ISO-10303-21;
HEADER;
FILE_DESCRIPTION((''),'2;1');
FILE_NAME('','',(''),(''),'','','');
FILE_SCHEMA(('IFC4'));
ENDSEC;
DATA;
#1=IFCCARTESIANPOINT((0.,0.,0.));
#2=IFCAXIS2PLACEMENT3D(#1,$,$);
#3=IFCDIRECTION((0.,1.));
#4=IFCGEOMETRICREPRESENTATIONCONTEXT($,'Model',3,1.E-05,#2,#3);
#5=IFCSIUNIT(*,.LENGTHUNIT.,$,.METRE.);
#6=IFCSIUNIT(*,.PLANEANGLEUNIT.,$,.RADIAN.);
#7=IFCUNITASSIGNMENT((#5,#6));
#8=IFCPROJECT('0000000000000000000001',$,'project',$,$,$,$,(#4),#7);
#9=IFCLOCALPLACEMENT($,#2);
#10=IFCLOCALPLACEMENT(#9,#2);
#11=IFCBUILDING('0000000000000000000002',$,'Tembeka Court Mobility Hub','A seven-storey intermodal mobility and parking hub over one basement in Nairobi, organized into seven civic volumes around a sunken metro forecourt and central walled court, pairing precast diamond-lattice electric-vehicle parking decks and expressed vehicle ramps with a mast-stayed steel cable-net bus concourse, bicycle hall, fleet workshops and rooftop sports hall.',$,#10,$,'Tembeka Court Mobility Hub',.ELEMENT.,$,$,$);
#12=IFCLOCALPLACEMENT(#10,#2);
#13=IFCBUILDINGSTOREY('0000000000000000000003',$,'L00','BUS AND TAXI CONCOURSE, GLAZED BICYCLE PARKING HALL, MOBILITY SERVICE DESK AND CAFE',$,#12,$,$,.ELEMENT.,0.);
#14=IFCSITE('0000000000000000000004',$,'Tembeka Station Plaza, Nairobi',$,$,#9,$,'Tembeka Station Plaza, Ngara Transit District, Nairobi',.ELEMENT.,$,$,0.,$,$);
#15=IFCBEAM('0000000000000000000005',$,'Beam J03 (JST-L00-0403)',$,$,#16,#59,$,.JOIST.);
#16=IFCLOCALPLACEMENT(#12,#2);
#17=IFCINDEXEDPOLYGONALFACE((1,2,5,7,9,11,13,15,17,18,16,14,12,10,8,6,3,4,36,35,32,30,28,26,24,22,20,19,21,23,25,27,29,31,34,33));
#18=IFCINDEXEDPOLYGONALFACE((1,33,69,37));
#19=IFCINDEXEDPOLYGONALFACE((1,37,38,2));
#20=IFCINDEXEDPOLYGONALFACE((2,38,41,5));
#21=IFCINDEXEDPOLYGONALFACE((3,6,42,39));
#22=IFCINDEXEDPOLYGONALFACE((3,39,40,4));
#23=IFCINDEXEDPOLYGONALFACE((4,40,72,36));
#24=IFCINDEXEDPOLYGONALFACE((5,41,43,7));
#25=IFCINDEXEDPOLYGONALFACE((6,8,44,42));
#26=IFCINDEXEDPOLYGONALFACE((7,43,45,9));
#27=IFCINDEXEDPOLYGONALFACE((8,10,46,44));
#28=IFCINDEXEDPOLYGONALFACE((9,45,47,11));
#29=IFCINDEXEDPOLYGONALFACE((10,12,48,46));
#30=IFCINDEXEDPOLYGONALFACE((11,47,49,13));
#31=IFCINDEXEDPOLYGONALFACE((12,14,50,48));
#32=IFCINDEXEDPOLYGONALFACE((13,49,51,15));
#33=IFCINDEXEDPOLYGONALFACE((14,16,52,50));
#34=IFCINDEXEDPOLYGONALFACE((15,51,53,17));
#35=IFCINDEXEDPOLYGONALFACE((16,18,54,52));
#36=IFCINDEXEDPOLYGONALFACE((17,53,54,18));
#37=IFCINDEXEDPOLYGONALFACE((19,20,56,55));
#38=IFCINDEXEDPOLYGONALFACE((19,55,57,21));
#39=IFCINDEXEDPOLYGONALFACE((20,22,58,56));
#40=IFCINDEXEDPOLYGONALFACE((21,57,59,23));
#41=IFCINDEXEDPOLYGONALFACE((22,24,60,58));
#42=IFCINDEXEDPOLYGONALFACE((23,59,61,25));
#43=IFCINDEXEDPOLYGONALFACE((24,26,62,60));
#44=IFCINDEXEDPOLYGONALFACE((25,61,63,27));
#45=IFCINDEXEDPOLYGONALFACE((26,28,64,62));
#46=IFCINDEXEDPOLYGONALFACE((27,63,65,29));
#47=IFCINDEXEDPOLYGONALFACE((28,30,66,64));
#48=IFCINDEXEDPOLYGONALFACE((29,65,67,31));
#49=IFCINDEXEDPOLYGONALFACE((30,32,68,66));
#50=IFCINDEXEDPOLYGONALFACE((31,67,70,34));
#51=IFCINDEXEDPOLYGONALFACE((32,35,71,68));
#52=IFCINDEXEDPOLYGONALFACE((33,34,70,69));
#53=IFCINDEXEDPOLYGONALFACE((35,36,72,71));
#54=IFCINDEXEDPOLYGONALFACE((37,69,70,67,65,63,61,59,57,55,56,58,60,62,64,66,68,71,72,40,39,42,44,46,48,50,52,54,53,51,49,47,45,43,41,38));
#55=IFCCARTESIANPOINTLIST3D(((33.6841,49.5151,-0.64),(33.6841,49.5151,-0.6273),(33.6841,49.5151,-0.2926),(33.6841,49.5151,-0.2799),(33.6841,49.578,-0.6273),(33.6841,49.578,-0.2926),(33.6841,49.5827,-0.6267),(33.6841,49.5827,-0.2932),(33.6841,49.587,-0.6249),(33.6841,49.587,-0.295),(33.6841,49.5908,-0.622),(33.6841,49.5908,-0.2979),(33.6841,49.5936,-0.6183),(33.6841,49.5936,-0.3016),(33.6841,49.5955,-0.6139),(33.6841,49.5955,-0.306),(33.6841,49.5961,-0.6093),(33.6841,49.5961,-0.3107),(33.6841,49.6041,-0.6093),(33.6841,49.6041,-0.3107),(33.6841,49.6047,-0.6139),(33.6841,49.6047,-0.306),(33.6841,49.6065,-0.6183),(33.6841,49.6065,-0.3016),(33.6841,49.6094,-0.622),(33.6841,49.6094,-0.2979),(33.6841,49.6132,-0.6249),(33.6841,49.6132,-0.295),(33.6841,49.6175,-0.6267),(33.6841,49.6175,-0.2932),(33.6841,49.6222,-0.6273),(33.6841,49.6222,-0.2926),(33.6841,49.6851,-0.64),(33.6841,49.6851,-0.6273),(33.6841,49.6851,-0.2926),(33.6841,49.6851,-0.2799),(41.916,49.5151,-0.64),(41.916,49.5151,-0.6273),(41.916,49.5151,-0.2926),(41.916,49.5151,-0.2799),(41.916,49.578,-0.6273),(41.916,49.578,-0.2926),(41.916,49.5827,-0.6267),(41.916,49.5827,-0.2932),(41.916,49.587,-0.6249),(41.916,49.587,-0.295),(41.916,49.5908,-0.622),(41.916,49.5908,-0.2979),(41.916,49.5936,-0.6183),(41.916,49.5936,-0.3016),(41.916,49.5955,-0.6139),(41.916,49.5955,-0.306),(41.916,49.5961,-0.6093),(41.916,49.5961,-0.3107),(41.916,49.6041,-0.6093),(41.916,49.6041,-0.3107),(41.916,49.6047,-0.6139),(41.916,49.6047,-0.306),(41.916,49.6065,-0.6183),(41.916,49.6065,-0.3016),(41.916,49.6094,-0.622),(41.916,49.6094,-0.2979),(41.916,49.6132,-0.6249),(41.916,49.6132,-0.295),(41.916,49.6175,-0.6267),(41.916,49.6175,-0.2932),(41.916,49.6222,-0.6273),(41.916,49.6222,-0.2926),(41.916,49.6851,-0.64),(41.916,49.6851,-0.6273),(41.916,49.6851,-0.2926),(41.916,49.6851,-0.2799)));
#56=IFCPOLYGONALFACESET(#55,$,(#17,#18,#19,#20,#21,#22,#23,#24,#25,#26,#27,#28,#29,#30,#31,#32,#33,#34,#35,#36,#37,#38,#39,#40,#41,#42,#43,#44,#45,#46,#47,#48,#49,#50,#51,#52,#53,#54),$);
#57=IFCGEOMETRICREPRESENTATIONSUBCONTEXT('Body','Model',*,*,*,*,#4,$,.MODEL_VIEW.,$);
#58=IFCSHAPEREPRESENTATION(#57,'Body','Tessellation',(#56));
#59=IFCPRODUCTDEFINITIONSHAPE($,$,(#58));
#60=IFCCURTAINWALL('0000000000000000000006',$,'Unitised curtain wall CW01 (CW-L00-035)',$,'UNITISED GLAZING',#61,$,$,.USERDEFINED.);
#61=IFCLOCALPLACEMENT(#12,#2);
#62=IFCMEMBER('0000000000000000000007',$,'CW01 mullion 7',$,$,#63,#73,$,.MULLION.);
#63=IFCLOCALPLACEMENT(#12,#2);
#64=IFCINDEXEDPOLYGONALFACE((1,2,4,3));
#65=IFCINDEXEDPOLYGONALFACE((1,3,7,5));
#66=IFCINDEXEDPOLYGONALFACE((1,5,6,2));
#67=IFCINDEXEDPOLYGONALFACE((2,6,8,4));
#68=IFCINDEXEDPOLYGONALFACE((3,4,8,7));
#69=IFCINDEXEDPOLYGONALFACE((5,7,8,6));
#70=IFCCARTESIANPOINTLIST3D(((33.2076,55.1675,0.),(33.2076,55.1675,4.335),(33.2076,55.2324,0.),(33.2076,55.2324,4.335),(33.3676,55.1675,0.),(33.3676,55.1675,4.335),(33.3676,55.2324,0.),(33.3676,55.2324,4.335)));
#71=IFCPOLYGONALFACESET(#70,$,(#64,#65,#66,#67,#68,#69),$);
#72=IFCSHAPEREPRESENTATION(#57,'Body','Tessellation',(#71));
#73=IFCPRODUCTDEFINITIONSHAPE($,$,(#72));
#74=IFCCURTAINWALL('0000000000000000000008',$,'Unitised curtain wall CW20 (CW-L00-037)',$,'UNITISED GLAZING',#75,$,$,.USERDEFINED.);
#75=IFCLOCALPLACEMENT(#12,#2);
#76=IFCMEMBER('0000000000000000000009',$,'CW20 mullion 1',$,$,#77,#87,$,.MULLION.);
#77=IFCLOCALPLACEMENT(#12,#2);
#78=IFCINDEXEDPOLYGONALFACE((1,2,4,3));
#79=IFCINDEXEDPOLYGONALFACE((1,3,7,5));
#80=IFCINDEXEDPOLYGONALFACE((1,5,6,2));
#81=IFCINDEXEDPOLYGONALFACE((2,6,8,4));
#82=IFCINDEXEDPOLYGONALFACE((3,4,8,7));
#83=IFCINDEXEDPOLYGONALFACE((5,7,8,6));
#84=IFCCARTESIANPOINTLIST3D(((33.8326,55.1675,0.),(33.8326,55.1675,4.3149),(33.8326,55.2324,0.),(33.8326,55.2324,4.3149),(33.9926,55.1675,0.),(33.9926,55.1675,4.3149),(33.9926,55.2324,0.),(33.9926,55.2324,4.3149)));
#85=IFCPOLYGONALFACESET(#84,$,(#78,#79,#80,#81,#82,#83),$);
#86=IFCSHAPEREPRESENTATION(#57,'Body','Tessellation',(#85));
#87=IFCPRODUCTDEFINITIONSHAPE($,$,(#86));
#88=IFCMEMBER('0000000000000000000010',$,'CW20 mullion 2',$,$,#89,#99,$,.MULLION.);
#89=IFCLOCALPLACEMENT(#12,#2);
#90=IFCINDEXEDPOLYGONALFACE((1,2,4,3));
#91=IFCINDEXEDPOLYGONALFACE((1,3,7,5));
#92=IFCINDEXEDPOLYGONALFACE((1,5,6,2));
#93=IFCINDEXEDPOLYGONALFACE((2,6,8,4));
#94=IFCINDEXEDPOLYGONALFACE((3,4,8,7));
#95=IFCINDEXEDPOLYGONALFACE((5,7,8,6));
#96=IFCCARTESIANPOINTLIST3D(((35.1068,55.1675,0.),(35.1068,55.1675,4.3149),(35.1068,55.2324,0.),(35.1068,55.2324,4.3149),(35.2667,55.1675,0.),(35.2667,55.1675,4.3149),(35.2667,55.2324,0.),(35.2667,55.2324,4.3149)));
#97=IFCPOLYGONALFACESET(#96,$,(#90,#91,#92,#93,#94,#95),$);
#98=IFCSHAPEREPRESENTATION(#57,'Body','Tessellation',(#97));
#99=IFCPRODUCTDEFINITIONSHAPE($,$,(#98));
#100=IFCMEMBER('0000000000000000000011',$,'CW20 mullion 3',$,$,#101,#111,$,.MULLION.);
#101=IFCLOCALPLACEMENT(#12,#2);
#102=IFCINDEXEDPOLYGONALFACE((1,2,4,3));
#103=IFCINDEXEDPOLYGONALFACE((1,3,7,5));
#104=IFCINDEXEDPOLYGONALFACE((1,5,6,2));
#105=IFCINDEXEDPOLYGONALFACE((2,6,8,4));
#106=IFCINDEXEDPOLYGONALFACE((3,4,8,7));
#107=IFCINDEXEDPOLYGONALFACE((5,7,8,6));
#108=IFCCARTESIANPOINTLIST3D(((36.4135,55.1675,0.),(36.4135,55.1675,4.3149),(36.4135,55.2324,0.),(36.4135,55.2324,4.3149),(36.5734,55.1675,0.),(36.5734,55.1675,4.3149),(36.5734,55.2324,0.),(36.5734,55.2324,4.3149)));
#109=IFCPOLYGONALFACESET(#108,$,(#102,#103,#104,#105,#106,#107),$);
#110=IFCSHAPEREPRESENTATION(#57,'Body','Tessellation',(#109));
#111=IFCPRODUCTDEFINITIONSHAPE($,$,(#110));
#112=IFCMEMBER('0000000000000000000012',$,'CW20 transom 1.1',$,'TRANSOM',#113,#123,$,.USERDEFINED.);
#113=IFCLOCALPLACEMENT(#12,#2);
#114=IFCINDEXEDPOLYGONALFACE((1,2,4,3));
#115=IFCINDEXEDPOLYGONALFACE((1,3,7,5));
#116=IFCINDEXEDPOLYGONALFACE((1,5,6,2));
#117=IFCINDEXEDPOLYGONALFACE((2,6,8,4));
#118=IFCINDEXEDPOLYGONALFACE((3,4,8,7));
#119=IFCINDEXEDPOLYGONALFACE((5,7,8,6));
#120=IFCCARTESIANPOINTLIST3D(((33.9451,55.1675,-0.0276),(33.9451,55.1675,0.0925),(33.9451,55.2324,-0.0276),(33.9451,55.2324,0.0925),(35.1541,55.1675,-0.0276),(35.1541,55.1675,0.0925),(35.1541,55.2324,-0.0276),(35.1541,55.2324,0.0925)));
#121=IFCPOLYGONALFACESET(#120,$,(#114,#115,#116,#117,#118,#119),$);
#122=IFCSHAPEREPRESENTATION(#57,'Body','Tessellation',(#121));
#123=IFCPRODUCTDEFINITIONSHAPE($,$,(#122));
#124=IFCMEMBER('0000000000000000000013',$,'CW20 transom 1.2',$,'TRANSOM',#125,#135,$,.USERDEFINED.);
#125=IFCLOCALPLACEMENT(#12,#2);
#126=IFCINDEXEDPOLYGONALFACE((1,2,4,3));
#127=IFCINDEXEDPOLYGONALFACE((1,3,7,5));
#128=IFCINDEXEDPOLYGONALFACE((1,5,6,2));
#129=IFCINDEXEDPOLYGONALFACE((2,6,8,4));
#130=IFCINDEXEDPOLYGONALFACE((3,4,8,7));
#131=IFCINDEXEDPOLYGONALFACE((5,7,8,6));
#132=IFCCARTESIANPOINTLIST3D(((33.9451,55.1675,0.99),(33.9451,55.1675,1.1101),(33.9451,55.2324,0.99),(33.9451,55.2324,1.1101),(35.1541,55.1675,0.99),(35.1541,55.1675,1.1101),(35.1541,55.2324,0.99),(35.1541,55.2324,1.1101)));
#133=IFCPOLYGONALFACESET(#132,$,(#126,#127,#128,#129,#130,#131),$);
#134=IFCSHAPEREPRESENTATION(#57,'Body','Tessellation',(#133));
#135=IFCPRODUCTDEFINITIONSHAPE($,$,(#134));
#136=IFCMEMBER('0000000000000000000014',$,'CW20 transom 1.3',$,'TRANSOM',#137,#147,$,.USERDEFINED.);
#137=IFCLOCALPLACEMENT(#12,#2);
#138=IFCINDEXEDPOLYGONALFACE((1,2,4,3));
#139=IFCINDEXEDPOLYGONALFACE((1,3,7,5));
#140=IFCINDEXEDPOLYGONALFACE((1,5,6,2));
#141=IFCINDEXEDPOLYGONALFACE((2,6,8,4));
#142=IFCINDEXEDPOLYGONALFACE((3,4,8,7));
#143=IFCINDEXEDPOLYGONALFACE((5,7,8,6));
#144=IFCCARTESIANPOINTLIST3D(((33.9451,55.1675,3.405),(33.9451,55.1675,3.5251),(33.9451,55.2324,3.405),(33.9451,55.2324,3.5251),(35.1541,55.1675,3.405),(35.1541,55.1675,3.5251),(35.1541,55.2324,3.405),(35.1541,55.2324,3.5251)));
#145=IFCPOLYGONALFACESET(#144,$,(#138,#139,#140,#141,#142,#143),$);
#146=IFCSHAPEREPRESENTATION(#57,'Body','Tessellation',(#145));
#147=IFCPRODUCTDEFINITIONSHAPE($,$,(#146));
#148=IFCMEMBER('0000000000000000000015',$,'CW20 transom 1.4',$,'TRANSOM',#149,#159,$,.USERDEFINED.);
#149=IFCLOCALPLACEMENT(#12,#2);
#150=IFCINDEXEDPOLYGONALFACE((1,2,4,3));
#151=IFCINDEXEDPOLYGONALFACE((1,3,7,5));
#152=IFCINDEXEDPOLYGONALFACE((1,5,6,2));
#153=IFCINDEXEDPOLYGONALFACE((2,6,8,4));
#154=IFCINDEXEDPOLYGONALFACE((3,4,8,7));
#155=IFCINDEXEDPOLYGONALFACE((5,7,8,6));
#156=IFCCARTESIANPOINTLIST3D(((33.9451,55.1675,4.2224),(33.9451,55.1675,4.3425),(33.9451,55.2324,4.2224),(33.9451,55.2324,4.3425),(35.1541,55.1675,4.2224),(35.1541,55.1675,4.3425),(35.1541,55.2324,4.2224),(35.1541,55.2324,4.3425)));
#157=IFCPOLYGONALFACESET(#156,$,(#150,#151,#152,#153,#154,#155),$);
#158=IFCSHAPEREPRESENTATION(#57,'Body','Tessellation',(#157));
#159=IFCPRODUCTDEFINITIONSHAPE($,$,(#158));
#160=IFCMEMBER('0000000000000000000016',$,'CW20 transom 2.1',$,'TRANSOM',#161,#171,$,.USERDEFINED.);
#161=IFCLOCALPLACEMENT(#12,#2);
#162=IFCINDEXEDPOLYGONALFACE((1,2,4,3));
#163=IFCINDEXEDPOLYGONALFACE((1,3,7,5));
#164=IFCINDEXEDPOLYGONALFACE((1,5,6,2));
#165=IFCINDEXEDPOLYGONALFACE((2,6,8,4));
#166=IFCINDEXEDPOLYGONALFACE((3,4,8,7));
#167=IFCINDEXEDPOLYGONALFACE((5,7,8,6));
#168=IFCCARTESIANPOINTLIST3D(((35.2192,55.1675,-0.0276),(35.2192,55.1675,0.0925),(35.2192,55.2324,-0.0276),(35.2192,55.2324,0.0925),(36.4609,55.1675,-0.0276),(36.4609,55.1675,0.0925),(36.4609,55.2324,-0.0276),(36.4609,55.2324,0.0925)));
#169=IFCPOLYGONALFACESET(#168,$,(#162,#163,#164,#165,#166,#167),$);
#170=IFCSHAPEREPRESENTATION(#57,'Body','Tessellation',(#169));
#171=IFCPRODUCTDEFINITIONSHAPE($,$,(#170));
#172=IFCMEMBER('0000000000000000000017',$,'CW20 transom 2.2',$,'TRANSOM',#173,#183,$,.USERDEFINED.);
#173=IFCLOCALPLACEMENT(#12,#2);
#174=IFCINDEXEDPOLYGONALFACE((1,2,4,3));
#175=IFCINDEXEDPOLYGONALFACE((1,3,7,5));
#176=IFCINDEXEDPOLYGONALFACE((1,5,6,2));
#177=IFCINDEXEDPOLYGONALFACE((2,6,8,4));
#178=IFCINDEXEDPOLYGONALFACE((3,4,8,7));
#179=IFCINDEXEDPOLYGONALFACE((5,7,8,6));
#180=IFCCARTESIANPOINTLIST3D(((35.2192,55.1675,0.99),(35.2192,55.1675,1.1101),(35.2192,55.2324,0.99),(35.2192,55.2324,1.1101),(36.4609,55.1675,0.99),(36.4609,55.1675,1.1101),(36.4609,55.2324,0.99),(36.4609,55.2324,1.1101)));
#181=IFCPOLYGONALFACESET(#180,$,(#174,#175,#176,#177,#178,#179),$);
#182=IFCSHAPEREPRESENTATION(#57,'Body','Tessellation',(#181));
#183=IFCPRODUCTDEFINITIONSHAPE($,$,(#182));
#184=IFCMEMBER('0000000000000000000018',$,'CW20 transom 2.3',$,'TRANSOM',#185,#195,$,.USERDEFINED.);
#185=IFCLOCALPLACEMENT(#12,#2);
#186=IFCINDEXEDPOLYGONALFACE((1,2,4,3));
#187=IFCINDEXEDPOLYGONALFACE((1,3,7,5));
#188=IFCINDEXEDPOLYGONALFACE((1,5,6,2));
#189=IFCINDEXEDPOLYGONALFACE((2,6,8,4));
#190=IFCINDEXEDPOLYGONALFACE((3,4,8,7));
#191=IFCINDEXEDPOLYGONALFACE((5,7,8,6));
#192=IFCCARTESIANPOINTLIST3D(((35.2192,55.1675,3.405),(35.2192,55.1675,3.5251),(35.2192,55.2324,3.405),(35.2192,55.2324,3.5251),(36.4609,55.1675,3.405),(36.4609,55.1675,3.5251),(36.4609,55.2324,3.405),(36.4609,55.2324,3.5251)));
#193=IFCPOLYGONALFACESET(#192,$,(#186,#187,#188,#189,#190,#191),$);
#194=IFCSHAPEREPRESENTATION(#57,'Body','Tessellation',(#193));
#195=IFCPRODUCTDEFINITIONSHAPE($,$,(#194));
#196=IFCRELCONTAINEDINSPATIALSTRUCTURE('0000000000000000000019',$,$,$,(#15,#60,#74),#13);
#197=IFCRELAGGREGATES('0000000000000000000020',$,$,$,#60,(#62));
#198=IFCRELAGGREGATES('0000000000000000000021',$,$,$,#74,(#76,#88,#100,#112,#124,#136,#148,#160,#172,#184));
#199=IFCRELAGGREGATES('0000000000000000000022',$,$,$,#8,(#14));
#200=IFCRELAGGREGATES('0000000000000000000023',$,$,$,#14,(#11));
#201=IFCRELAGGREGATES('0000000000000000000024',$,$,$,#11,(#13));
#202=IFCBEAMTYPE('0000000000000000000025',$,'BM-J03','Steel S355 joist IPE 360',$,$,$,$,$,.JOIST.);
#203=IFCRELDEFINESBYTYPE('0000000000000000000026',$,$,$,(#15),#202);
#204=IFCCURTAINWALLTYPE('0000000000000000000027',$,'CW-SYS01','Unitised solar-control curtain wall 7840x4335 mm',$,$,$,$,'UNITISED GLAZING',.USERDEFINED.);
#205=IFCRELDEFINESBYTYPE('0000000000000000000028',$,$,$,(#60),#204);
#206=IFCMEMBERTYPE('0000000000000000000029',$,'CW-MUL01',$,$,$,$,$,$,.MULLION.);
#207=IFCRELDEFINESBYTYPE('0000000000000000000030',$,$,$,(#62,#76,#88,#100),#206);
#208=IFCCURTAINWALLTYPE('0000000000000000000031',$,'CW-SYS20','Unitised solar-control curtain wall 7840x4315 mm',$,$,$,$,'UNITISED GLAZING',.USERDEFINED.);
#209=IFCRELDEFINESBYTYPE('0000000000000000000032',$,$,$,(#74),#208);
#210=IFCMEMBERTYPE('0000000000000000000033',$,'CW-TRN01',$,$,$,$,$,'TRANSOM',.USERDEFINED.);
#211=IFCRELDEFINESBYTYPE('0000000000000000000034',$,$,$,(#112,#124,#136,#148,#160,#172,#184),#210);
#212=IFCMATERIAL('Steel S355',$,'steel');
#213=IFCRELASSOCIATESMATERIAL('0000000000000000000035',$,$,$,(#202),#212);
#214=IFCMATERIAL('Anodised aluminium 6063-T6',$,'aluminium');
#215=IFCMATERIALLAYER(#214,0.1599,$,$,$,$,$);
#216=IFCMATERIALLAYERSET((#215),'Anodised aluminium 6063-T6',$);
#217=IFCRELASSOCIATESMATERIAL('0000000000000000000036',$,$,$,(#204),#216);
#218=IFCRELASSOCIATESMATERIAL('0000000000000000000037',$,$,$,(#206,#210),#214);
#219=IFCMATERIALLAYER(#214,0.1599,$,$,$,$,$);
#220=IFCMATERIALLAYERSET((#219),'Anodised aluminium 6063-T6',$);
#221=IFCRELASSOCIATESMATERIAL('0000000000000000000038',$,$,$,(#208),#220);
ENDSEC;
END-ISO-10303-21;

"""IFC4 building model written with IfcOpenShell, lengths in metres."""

from ifc_helpers import new_model, si_unit, direction, frame, origin, origin_2d, place, context, subcontext, project, spatial, rectangle, i_section, extrude, material, layer, layer_set, material_profile, profile_set, type_object, element, aggregate, save


model = new_model("IFC4")

# Units and contexts
model_context = context("Model", 3, precision=1e-05, world=origin(), true_north=direction((0.0, 1.0)))
body_context = subcontext(model_context, "Body", "Model", "MODEL_VIEW")
ifc_project = project(units=[si_unit("LENGTHUNIT", "METRE"), si_unit("PLANEANGLEUNIT", "RADIAN")], contexts=[model_context])

# Site, building, storey
site_placement = place(None, origin())
site = spatial("IfcSite", under=ifc_project, at=site_placement, Name="Tembeka Station Plaza, Nairobi", LongName="Tembeka Station Plaza, Ngara Transit District, Nairobi", CompositionType="ELEMENT", RefElevation=0.0)
building_placement = place(site_placement, origin())
building = spatial("IfcBuilding", under=site, at=building_placement, Name="Tembeka Court Mobility Hub", Description="A seven-storey intermodal mobility and parking hub over one basement in Nairobi, organized into seven civic volumes around a sunken metro forecourt and central walled court, pairing precast diamond-lattice electric-vehicle parking decks and expressed vehicle ramps with a mast-stayed steel cable-net bus concourse, bicycle hall, fleet workshops and rooftop sports hall.", LongName="Tembeka Court Mobility Hub", CompositionType="ELEMENT")
storey_placement = place(building_placement, origin())
storey = spatial("IfcBuildingStorey", under=building, at=storey_placement, Name="L00", Description="BUS AND TAXI CONCOURSE, GLAZED BICYCLE PARKING HALL, MOBILITY SERVICE DESK AND CAFE", CompositionType="ELEMENT", Elevation=0.0)

# Shared definitions
ifc_material_1 = material(Name="Steel S355", Category="steel")

# Beam
ifc_material_profile_1 = material_profile(ifc_material_1, i_section(OverallWidth=0.1699, OverallDepth=0.3601, WebThickness=0.0081, FlangeThickness=0.0127, FilletRadius=0.0181, at=origin_2d()), Name="IPE 360")
ifc_profile_set_1 = profile_set([ifc_material_profile_1], Name="Steel S355")
beam_type_1 = type_object("IfcBeamType", Name="BM-J03", Description="Steel S355 joist IPE 360", PredefinedType="JOIST", material=ifc_profile_set_1)
for number, where, z_axis, x_axis, name in (
    (1, (33.6841, 49.6001, -0.46), (1.0, 0.0, 0.0), (0.0, 1.0, 0.0), "Beam J03 (JST-L00-0403)"),
):
    element("IfcBeam", number, at=place(storey_placement, frame(where, z_axis=z_axis, x_axis=x_axis)), inside=storey, type_object=beam_type_1, Name=name, PredefinedType="JOIST", context=body_context, shape_type="SweptSolid", body=[
        extrude(i_section(OverallWidth=0.1699, OverallDepth=0.3601, WebThickness=0.0081, FlangeThickness=0.0127, FilletRadius=0.0181, at=origin_2d()), origin(), (0.0, 0.0, 1.0), 8.2319),
    ])

# Curtain wall, member
ifc_material_2 = material(Name="Anodised aluminium 6063-T6", Category="aluminium")
ifc_layer_1 = layer(ifc_material_2, 0.1599)
ifc_layer_set_1 = layer_set([ifc_layer_1], Name="Anodised aluminium 6063-T6")
curtain_wall_type_1 = type_object("IfcCurtainWallType", Name="CW-SYS01", Description="Unitised solar-control curtain wall 7840x4335 mm", ElementType="UNITISED GLAZING", PredefinedType="USERDEFINED", material=ifc_layer_set_1)
curtain_wall_1_placement = place(storey_placement, origin())
curtain_wall_1 = element("IfcCurtainWall", 2, at=curtain_wall_1_placement, inside=storey, type_object=curtain_wall_type_1, Name="Unitised curtain wall CW01 (CW-L00-035)", ObjectType="UNITISED GLAZING", PredefinedType="USERDEFINED")
ifc_material_profile_2 = material_profile(ifc_material_2, rectangle(XDim=0.0649, YDim=0.1599, at=origin_2d()), Name="ALU-MUL 65x160")
ifc_profile_set_2 = profile_set([ifc_material_profile_2], Name="Anodised aluminium 6063-T6")
member_type_1 = type_object("IfcMemberType", Name="CW-MUL01", PredefinedType="MULLION", material=ifc_profile_set_2)
member_1_placement = place(storey_placement, frame((33.2876, 55.2, 0.0), z_axis=(0.0, 0.0, 1.0), x_axis=(0.0, 1.0, 0.0)))
member_1 = element("IfcMember", 3, at=member_1_placement, type_object=member_type_1, Name="CW01 mullion 7", PredefinedType="MULLION", context=body_context, shape_type="SweptSolid", body=[
    extrude(rectangle(XDim=0.0649, YDim=0.1599, at=origin_2d()), origin(), (0.0, 0.0, 1.0), 4.335),
])
aggregate(curtain_wall_1, [member_1])

# Curtain wall, members
ifc_layer_2 = layer(ifc_material_2, 0.1599)
ifc_layer_set_2 = layer_set([ifc_layer_2], Name="Anodised aluminium 6063-T6")
curtain_wall_type_2 = type_object("IfcCurtainWallType", Name="CW-SYS20", Description="Unitised solar-control curtain wall 7840x4315 mm", ElementType="UNITISED GLAZING", PredefinedType="USERDEFINED", material=ifc_layer_set_2)
curtain_wall_2_placement = place(storey_placement, origin())
curtain_wall_2 = element("IfcCurtainWall", 4, at=curtain_wall_2_placement, inside=storey, type_object=curtain_wall_type_2, Name="Unitised curtain wall CW20 (CW-L00-037)", ObjectType="UNITISED GLAZING", PredefinedType="USERDEFINED")
member_2_placement = place(storey_placement, frame((33.9126, 55.2, 0.0), z_axis=(0.0, 0.0, 1.0), x_axis=(0.0, 1.0, 0.0)))
member_2 = element("IfcMember", 5, at=member_2_placement, type_object=member_type_1, Name="CW20 mullion 1", PredefinedType="MULLION", context=body_context, shape_type="SweptSolid", body=[
    extrude(rectangle(XDim=0.0649, YDim=0.1599, at=origin_2d()), origin(), (0.0, 0.0, 1.0), 4.3149),
])
member_3_placement = place(storey_placement, frame((35.1868, 55.2, 0.0), z_axis=(0.0, 0.0, 1.0), x_axis=(0.0, 1.0, 0.0)))
member_3 = element("IfcMember", 6, at=member_3_placement, type_object=member_type_1, Name="CW20 mullion 2", PredefinedType="MULLION", context=body_context, shape_type="SweptSolid", body=[
    extrude(rectangle(XDim=0.0649, YDim=0.1599, at=origin_2d()), origin(), (0.0, 0.0, 1.0), 4.3149),
])
member_4_placement = place(storey_placement, frame((36.4934, 55.2, 0.0), z_axis=(0.0, 0.0, 1.0), x_axis=(0.0, 1.0, 0.0)))
member_4 = element("IfcMember", 7, at=member_4_placement, type_object=member_type_1, Name="CW20 mullion 3", PredefinedType="MULLION", context=body_context, shape_type="SweptSolid", body=[
    extrude(rectangle(XDim=0.0649, YDim=0.1599, at=origin_2d()), origin(), (0.0, 0.0, 1.0), 4.3149),
])
ifc_material_profile_3 = material_profile(ifc_material_2, rectangle(XDim=0.0649, YDim=0.1201, at=origin_2d()), Name="ALU-TRN 65x120")
ifc_profile_set_3 = profile_set([ifc_material_profile_3], Name="Anodised aluminium 6063-T6")
member_type_2 = type_object("IfcMemberType", Name="CW-TRN01", ElementType="TRANSOM", PredefinedType="USERDEFINED", material=ifc_profile_set_3)
member_5_placement = place(storey_placement, frame((33.9451, 55.2, 0.0325), z_axis=(1.0, 0.0, 0.0), x_axis=(0.0, 1.0, 0.0)))
member_5 = element("IfcMember", 8, at=member_5_placement, type_object=member_type_2, Name="CW20 transom 1.1", ObjectType="TRANSOM", PredefinedType="USERDEFINED", context=body_context, shape_type="SweptSolid", body=[
    extrude(rectangle(XDim=0.0649, YDim=0.1201, at=origin_2d()), origin(), (0.0, 0.0, 1.0), 1.209),
])
member_6_placement = place(storey_placement, frame((33.9451, 55.2, 1.05), z_axis=(1.0, 0.0, 0.0), x_axis=(0.0, 1.0, 0.0)))
member_6 = element("IfcMember", 9, at=member_6_placement, type_object=member_type_2, Name="CW20 transom 1.2", ObjectType="TRANSOM", PredefinedType="USERDEFINED", context=body_context, shape_type="SweptSolid", body=[
    extrude(rectangle(XDim=0.0649, YDim=0.1201, at=origin_2d()), origin(), (0.0, 0.0, 1.0), 1.209),
])
member_7_placement = place(storey_placement, frame((33.9451, 55.2, 3.4651), z_axis=(1.0, 0.0, 0.0), x_axis=(0.0, 1.0, 0.0)))
member_7 = element("IfcMember", 10, at=member_7_placement, type_object=member_type_2, Name="CW20 transom 1.3", ObjectType="TRANSOM", PredefinedType="USERDEFINED", context=body_context, shape_type="SweptSolid", body=[
    extrude(rectangle(XDim=0.0649, YDim=0.1201, at=origin_2d()), origin(), (0.0, 0.0, 1.0), 1.209),
])
member_8_placement = place(storey_placement, frame((33.9451, 55.2, 4.2825), z_axis=(1.0, 0.0, 0.0), x_axis=(0.0, 1.0, 0.0)))
member_8 = element("IfcMember", 11, at=member_8_placement, type_object=member_type_2, Name="CW20 transom 1.4", ObjectType="TRANSOM", PredefinedType="USERDEFINED", context=body_context, shape_type="SweptSolid", body=[
    extrude(rectangle(XDim=0.0649, YDim=0.1201, at=origin_2d()), origin(), (0.0, 0.0, 1.0), 1.209),
])
member_9_placement = place(storey_placement, frame((35.2192, 55.2, 0.0325), z_axis=(1.0, 0.0, 0.0), x_axis=(0.0, 1.0, 0.0)))
member_9 = element("IfcMember", 12, at=member_9_placement, type_object=member_type_2, Name="CW20 transom 2.1", ObjectType="TRANSOM", PredefinedType="USERDEFINED", context=body_context, shape_type="SweptSolid", body=[
    extrude(rectangle(XDim=0.0649, YDim=0.1201, at=origin_2d()), origin(), (0.0, 0.0, 1.0), 1.2417),
])
member_10_placement = place(storey_placement, frame((35.2192, 55.2, 1.05), z_axis=(1.0, 0.0, 0.0), x_axis=(0.0, 1.0, 0.0)))
member_10 = element("IfcMember", 13, at=member_10_placement, type_object=member_type_2, Name="CW20 transom 2.2", ObjectType="TRANSOM", PredefinedType="USERDEFINED", context=body_context, shape_type="SweptSolid", body=[
    extrude(rectangle(XDim=0.0649, YDim=0.1201, at=origin_2d()), origin(), (0.0, 0.0, 1.0), 1.2417),
])
member_11_placement = place(storey_placement, frame((35.2192, 55.2, 3.4651), z_axis=(1.0, 0.0, 0.0), x_axis=(0.0, 1.0, 0.0)))
member_11 = element("IfcMember", 14, at=member_11_placement, type_object=member_type_2, Name="CW20 transom 2.3", ObjectType="TRANSOM", PredefinedType="USERDEFINED", context=body_context, shape_type="SweptSolid", body=[
    extrude(rectangle(XDim=0.0649, YDim=0.1201, at=origin_2d()), origin(), (0.0, 0.0, 1.0), 1.2417),
])
aggregate(curtain_wall_2, [member_2, member_3, member_4, member_5, member_6, member_7, member_8, member_9, member_10, member_11])

save(model, "model.ifc")
